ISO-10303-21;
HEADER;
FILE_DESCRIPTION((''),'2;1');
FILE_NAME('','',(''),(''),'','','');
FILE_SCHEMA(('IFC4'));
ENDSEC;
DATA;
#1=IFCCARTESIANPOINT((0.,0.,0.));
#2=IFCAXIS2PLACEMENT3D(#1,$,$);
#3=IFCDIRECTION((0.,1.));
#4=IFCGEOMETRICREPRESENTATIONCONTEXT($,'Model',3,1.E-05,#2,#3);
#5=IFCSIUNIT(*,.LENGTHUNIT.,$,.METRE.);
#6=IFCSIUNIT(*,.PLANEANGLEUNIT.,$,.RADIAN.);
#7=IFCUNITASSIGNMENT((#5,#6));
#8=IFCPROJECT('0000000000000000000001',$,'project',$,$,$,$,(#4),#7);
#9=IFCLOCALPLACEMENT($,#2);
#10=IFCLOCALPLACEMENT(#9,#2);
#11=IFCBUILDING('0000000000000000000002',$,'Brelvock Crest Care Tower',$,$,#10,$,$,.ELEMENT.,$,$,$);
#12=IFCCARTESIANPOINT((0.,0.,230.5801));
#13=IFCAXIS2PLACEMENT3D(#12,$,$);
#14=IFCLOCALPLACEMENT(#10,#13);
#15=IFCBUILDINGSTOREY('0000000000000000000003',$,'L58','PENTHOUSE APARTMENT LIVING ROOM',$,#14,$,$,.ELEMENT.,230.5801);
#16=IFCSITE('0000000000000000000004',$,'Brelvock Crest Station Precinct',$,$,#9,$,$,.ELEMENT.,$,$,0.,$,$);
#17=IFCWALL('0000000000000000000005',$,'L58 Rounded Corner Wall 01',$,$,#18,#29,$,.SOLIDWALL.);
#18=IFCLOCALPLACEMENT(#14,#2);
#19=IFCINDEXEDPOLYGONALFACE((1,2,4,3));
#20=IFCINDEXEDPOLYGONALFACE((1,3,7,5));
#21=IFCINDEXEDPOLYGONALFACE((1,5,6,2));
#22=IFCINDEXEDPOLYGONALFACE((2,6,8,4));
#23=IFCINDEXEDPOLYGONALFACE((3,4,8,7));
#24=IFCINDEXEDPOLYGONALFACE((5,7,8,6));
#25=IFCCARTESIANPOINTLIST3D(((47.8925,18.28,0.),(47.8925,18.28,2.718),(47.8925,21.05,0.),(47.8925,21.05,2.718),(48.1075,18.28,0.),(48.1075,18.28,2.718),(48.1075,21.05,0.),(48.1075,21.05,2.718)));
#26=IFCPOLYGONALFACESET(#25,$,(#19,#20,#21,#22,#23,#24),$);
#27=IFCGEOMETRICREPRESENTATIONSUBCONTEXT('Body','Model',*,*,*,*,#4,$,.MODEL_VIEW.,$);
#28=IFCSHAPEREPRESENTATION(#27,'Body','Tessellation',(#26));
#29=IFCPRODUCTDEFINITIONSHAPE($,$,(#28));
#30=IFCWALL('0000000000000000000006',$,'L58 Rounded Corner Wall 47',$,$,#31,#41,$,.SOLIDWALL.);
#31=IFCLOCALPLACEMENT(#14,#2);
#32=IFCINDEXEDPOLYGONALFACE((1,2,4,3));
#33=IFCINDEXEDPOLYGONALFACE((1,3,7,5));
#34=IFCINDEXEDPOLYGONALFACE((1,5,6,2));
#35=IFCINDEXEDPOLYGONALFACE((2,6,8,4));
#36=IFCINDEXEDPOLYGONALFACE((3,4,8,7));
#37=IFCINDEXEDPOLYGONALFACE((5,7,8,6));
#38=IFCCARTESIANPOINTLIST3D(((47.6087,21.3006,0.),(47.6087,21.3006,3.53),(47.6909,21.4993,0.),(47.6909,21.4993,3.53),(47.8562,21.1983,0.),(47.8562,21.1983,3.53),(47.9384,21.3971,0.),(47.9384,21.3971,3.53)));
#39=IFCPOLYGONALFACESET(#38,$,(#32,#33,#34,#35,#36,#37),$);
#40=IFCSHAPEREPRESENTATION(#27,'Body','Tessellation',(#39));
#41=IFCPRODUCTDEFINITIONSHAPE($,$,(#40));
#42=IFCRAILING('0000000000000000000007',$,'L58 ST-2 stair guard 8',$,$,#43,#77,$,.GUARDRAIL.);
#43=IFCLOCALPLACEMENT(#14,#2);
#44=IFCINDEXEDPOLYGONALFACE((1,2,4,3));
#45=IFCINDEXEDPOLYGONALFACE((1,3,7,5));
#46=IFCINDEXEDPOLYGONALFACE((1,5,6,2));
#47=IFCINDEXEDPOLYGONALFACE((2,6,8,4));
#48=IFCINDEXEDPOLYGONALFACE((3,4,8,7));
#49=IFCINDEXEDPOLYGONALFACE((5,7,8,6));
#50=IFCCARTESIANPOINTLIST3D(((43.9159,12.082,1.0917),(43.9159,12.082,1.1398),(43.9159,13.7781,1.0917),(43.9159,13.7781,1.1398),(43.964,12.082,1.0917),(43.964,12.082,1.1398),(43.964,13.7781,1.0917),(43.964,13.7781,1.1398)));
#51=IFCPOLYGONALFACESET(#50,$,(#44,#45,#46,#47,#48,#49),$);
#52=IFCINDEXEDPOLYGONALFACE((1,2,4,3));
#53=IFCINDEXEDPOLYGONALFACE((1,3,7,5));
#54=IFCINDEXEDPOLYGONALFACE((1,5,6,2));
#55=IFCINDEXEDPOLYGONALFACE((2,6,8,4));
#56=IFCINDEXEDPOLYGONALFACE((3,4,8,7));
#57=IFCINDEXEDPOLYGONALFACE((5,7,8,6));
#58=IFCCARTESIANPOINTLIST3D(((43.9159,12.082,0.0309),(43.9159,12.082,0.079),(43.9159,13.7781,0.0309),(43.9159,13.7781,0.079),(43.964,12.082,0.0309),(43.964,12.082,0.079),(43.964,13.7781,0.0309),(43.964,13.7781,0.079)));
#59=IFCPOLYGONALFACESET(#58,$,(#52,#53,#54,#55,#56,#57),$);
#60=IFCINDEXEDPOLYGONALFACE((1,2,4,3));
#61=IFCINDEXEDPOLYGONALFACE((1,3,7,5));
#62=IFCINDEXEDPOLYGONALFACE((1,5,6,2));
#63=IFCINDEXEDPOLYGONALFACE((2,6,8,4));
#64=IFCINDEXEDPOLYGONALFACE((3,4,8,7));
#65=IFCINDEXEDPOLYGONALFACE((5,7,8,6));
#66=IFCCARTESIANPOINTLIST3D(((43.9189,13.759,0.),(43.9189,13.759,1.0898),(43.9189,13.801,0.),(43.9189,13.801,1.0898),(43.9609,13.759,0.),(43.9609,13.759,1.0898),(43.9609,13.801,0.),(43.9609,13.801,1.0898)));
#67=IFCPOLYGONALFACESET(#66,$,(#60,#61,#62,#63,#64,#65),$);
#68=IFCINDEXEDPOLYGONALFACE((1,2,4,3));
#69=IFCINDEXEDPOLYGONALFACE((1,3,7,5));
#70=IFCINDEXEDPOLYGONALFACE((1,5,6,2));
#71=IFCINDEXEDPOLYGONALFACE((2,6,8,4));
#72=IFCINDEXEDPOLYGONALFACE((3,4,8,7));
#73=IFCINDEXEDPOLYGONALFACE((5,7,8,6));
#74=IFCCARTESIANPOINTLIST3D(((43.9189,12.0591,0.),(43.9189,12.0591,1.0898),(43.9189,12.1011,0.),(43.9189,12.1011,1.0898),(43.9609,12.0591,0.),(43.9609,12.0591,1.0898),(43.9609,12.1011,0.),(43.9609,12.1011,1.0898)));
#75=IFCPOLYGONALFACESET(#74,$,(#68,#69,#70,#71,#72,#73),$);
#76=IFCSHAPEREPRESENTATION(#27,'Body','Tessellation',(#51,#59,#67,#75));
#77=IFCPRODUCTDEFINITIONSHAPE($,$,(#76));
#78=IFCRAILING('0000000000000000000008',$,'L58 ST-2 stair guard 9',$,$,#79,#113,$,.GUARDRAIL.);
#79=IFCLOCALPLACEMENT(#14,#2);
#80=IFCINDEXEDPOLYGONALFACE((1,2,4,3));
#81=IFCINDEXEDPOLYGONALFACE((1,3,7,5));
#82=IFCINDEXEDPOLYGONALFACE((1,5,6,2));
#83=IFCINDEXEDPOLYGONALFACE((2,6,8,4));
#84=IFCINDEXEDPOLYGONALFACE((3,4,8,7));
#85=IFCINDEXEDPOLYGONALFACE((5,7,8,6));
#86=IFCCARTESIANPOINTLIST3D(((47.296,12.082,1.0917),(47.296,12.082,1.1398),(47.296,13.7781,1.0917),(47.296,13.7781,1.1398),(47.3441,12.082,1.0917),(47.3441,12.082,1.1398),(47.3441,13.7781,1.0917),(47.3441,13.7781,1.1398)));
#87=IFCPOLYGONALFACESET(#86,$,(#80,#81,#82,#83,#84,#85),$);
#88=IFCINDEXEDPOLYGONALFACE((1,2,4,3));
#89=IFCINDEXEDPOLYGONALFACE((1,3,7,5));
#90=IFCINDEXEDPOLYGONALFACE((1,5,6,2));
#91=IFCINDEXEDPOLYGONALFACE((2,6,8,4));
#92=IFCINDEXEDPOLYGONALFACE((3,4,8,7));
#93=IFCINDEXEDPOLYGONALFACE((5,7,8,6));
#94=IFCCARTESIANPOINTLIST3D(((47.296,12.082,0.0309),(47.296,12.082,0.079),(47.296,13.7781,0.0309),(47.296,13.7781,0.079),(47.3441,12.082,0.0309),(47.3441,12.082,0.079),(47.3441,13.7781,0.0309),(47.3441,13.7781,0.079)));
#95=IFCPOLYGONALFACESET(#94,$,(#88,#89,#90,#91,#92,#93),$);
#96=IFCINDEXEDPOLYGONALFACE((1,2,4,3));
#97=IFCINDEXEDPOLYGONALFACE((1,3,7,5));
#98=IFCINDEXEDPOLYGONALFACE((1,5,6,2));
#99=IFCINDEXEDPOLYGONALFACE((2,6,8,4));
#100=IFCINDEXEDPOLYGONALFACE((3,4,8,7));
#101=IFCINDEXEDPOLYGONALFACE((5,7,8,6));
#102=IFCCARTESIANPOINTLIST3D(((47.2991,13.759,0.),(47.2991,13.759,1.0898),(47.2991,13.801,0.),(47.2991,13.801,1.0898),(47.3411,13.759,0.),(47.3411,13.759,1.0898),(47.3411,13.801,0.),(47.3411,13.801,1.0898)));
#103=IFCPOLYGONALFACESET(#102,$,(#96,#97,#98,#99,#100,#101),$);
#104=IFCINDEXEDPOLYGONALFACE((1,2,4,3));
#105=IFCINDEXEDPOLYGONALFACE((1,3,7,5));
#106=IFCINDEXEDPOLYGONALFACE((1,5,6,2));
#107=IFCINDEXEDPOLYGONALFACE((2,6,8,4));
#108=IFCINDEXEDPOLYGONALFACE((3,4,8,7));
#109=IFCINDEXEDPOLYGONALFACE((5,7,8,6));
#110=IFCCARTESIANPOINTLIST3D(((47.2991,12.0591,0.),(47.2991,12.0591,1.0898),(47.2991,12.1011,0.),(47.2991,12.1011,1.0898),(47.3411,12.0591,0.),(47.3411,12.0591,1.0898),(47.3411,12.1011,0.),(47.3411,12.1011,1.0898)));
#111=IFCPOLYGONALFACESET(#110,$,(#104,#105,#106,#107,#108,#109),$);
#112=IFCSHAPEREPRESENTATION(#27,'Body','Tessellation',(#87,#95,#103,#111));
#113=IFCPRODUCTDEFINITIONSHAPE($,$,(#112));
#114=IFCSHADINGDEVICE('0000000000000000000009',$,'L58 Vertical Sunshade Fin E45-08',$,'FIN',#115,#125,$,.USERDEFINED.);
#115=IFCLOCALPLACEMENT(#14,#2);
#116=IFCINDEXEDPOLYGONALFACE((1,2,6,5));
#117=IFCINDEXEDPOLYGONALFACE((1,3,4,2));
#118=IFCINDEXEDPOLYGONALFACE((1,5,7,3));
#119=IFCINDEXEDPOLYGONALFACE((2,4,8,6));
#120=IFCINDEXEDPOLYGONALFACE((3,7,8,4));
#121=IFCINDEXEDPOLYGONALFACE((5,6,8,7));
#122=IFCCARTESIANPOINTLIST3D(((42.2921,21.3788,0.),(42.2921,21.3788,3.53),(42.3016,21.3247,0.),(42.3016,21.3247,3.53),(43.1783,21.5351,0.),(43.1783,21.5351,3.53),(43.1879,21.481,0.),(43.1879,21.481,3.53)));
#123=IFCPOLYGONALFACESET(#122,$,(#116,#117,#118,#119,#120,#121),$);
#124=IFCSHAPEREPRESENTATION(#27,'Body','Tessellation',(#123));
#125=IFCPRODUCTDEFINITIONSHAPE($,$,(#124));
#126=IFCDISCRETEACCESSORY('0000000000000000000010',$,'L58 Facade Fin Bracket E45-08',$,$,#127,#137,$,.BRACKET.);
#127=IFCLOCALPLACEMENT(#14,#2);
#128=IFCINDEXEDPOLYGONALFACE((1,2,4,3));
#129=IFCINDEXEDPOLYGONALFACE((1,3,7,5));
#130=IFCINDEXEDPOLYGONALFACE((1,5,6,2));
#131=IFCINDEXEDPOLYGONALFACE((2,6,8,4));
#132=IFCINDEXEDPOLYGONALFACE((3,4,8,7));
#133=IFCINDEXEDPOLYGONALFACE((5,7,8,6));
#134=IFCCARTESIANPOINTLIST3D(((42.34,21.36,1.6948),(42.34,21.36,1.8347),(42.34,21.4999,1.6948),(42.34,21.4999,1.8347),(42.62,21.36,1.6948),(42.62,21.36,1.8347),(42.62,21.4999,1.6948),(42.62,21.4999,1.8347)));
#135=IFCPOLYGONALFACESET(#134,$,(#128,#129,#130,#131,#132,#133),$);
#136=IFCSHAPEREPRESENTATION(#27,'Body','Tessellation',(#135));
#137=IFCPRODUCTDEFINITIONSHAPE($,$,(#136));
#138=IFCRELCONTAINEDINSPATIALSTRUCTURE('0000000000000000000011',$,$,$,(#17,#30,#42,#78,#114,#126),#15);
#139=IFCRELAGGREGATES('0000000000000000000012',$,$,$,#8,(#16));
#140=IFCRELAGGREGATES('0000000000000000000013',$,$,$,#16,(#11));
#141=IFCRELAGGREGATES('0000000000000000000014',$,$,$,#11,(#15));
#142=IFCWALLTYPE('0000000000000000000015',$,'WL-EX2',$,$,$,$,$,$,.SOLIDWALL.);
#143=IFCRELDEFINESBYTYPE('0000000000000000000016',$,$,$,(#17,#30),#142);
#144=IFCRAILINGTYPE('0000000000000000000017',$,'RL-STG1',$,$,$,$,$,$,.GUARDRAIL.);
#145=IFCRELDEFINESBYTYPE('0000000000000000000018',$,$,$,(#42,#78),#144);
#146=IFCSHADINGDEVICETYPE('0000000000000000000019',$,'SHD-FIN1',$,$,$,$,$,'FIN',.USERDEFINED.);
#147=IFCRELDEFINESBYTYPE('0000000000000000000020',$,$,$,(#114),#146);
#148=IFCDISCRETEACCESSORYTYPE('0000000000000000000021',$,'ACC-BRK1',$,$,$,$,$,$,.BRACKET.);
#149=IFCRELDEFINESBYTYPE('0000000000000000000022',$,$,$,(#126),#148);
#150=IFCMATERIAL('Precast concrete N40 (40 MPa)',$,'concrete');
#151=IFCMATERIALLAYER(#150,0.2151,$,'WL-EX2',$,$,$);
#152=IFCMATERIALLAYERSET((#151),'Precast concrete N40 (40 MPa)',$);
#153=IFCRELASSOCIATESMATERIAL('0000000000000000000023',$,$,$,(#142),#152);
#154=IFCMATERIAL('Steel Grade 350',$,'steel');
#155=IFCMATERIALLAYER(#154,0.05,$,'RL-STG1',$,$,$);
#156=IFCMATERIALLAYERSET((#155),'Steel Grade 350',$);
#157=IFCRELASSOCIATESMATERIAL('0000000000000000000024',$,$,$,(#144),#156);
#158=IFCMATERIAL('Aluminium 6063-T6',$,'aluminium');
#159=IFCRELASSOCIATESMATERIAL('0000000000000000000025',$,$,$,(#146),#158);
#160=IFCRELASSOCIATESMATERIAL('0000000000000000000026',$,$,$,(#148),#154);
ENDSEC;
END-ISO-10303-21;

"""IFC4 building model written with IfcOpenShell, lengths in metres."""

from ifc_helpers import new_model, si_unit, direction, frame, frame_2d, origin, origin_2d, place, context, subcontext, project, spatial, rectangle, extrude, source, transform, mapped, material, layer, layer_set, material_profile, profile_set, type_object, element, save


model = new_model("IFC4")

# Units and contexts
model_context = context("Model", 3, precision=1e-05, world=origin(), true_north=direction((0.0, 1.0)))
body_context = subcontext(model_context, "Body", "Model", "MODEL_VIEW")
ifc_project = project(units=[si_unit("LENGTHUNIT", "METRE"), si_unit("PLANEANGLEUNIT", "RADIAN")], contexts=[model_context])

# Site, building, storey
site_placement = place(None, origin())
site = spatial("IfcSite", under=ifc_project, at=site_placement, Name="Brelvock Crest Station Precinct", CompositionType="ELEMENT", RefElevation=0.0)
building_placement = place(site_placement, origin())
building = spatial("IfcBuilding", under=site, at=building_placement, Name="Brelvock Crest Care Tower", CompositionType="ELEMENT")
storey_placement = place(building_placement, frame((0.0, 0.0, 230.5801)))
storey = spatial("IfcBuildingStorey", under=building, at=storey_placement, Name="L58", Description="PENTHOUSE APARTMENT LIVING ROOM", CompositionType="ELEMENT", Elevation=230.5801)

# Shared definitions
ifc_material_1 = material(Name="Steel Grade 350", Category="steel")

# Shared definitions
ifc_material_2 = material(Name="Aluminium 6063-T6", Category="aluminium")

# Walls
ifc_material_3 = material(Name="Precast concrete N40 (40 MPa)", Category="concrete")
ifc_layer_1 = layer(ifc_material_3, 0.2151, Name="WL-EX2")
ifc_layer_set_1 = layer_set([ifc_layer_1], Name="Precast concrete N40 (40 MPa)")
wall_type_1 = type_object("IfcWallType", Name="WL-EX2", PredefinedType="SOLIDWALL", material=ifc_layer_set_1)
wall_1_placement = place(storey_placement, frame((48.0, 21.05, 0.0), z_axis=(0.0, 0.0, 1.0), x_axis=(0.0, -1.0, 0.0)))
element("IfcWall", 1, at=wall_1_placement, inside=storey, type_object=wall_type_1, Name="L58 Rounded Corner Wall 01", PredefinedType="SOLIDWALL", context=body_context, shape_type="SweptSolid", body=[
    extrude(rectangle(XDim=2.77, YDim=0.2151, at=frame_2d((1.385, 0.0))), origin(), (0.0, 0.0, 1.0), 2.718),
])
wall_2_placement = place(storey_placement, frame((47.6499, 21.3999, 0.0), z_axis=(0.0, 0.0, 1.0), x_axis=(0.924205, -0.381896, 0.0)))
element("IfcWall", 2, at=wall_2_placement, inside=storey, type_object=wall_type_1, Name="L58 Rounded Corner Wall 47", PredefinedType="SOLIDWALL", context=body_context, shape_type="SweptSolid", body=[
    extrude(rectangle(XDim=0.2678, YDim=0.2151, at=frame_2d((0.1338, 0.0))), origin(), (0.0, 0.0, 1.0), 3.53),
])

# Railings
ifc_layer_2 = layer(ifc_material_1, 0.05, Name="RL-STG1")
ifc_layer_set_2 = layer_set([ifc_layer_2], Name="Steel Grade 350")
railing_type = type_object("IfcRailingType", Name="RL-STG1", PredefinedType="GUARDRAIL", material=ifc_layer_set_2)
for number, where, name in (
    (3, (43.9399, 13.78, 0.0), "L58 ST-2 stair guard 8"),
    (4, (47.3201, 13.78, 0.0), "L58 ST-2 stair guard 9"),
):
    element("IfcRailing", number, at=place(storey_placement, frame(where)), inside=storey, type_object=railing_type, Name=name, PredefinedType="GUARDRAIL", context=body_context, shape_type="SweptSolid", body=[
        extrude(rectangle(XDim=0.0481, YDim=0.0481, at=origin_2d()), frame((0.0, -0.002, 1.1157), z_axis=(0.0, -1.0, 0.0), x_axis=(1.0, 0.0, 0.0)), (0.0, 0.0, 1.0), 1.696),
        extrude(rectangle(XDim=0.0481, YDim=0.0481, at=origin_2d()), frame((0.0, -0.002, 0.0549), z_axis=(0.0, -1.0, 0.0), x_axis=(1.0, 0.0, 0.0)), (0.0, 0.0, 1.0), 1.696),
        extrude(rectangle(XDim=0.042, YDim=0.042, at=origin_2d()), origin(), (0.0, 0.0, 1.0), 1.0898),
        extrude(rectangle(XDim=0.042, YDim=0.042, at=origin_2d()), frame((0.0, -1.7, 0.0)), (0.0, 0.0, 1.0), 1.0898),
    ])

# Shading device
ifc_material_profile_1 = material_profile(ifc_material_2, rectangle(XDim=0.0549, YDim=0.8999, at=origin_2d()), Name="FIN55x900")
ifc_profile_set_1 = profile_set([ifc_material_profile_1], Name="Aluminium 6063-T6")
shading_device_type = type_object("IfcShadingDeviceType", Name="SHD-FIN1", ElementType="FIN", PredefinedType="USERDEFINED", material=ifc_profile_set_1)
shared_shape_1 = source(origin(), body_context, "Body", "SweptSolid", [
    extrude(rectangle(XDim=0.0549, YDim=0.8999, at=origin_2d()), origin(), (0.0, 0.0, 1.0), 3.53),
])
shading_device_placement = place(storey_placement, frame((42.74, 21.4299, 0.0), z_axis=(0.0, 0.0, 1.0), x_axis=(0.173648, -0.984808, 0.0)))
element("IfcShadingDevice", 5, at=shading_device_placement, inside=storey, type_object=shading_device_type, Name="L58 Vertical Sunshade Fin E45-08", ObjectType="FIN", PredefinedType="USERDEFINED", context=body_context, shape_type="MappedRepresentation", body=[
    mapped(shared_shape_1, transform((0.0, 0.0, 0.0), x_axis=(1.0, 0.0, 0.0), y_axis=(0.0, 1.0, 0.0), z_axis=(0.0, 0.0, 1.0), scale=1.0)),
])

# Discrete accessory
discrete_accessory_type = type_object("IfcDiscreteAccessoryType", Name="ACC-BRK1", PredefinedType="BRACKET", material=ifc_material_1)
shared_shape_2 = source(origin(), body_context, "Body", "SweptSolid", [
    extrude(rectangle(XDim=0.28, YDim=0.1399, at=origin_2d()), origin(), (0.0, 0.0, 1.0), 0.1399),
])
discrete_accessory_placement = place(storey_placement, frame((42.48, 21.4299, 1.6948), z_axis=(0.0, 0.0, 1.0), x_axis=(1.0, 0.0, 0.0)))
element("IfcDiscreteAccessory", 6, at=discrete_accessory_placement, inside=storey, type_object=discrete_accessory_type, Name="L58 Facade Fin Bracket E45-08", PredefinedType="BRACKET", context=body_context, shape_type="MappedRepresentation", body=[
    mapped(shared_shape_2, transform((0.0, 0.0, 0.0), x_axis=(1.0, 0.0, 0.0), y_axis=(0.0, 1.0, 0.0), z_axis=(0.0, 0.0, 1.0), scale=1.0)),
])

save(model, "model.ifc")
